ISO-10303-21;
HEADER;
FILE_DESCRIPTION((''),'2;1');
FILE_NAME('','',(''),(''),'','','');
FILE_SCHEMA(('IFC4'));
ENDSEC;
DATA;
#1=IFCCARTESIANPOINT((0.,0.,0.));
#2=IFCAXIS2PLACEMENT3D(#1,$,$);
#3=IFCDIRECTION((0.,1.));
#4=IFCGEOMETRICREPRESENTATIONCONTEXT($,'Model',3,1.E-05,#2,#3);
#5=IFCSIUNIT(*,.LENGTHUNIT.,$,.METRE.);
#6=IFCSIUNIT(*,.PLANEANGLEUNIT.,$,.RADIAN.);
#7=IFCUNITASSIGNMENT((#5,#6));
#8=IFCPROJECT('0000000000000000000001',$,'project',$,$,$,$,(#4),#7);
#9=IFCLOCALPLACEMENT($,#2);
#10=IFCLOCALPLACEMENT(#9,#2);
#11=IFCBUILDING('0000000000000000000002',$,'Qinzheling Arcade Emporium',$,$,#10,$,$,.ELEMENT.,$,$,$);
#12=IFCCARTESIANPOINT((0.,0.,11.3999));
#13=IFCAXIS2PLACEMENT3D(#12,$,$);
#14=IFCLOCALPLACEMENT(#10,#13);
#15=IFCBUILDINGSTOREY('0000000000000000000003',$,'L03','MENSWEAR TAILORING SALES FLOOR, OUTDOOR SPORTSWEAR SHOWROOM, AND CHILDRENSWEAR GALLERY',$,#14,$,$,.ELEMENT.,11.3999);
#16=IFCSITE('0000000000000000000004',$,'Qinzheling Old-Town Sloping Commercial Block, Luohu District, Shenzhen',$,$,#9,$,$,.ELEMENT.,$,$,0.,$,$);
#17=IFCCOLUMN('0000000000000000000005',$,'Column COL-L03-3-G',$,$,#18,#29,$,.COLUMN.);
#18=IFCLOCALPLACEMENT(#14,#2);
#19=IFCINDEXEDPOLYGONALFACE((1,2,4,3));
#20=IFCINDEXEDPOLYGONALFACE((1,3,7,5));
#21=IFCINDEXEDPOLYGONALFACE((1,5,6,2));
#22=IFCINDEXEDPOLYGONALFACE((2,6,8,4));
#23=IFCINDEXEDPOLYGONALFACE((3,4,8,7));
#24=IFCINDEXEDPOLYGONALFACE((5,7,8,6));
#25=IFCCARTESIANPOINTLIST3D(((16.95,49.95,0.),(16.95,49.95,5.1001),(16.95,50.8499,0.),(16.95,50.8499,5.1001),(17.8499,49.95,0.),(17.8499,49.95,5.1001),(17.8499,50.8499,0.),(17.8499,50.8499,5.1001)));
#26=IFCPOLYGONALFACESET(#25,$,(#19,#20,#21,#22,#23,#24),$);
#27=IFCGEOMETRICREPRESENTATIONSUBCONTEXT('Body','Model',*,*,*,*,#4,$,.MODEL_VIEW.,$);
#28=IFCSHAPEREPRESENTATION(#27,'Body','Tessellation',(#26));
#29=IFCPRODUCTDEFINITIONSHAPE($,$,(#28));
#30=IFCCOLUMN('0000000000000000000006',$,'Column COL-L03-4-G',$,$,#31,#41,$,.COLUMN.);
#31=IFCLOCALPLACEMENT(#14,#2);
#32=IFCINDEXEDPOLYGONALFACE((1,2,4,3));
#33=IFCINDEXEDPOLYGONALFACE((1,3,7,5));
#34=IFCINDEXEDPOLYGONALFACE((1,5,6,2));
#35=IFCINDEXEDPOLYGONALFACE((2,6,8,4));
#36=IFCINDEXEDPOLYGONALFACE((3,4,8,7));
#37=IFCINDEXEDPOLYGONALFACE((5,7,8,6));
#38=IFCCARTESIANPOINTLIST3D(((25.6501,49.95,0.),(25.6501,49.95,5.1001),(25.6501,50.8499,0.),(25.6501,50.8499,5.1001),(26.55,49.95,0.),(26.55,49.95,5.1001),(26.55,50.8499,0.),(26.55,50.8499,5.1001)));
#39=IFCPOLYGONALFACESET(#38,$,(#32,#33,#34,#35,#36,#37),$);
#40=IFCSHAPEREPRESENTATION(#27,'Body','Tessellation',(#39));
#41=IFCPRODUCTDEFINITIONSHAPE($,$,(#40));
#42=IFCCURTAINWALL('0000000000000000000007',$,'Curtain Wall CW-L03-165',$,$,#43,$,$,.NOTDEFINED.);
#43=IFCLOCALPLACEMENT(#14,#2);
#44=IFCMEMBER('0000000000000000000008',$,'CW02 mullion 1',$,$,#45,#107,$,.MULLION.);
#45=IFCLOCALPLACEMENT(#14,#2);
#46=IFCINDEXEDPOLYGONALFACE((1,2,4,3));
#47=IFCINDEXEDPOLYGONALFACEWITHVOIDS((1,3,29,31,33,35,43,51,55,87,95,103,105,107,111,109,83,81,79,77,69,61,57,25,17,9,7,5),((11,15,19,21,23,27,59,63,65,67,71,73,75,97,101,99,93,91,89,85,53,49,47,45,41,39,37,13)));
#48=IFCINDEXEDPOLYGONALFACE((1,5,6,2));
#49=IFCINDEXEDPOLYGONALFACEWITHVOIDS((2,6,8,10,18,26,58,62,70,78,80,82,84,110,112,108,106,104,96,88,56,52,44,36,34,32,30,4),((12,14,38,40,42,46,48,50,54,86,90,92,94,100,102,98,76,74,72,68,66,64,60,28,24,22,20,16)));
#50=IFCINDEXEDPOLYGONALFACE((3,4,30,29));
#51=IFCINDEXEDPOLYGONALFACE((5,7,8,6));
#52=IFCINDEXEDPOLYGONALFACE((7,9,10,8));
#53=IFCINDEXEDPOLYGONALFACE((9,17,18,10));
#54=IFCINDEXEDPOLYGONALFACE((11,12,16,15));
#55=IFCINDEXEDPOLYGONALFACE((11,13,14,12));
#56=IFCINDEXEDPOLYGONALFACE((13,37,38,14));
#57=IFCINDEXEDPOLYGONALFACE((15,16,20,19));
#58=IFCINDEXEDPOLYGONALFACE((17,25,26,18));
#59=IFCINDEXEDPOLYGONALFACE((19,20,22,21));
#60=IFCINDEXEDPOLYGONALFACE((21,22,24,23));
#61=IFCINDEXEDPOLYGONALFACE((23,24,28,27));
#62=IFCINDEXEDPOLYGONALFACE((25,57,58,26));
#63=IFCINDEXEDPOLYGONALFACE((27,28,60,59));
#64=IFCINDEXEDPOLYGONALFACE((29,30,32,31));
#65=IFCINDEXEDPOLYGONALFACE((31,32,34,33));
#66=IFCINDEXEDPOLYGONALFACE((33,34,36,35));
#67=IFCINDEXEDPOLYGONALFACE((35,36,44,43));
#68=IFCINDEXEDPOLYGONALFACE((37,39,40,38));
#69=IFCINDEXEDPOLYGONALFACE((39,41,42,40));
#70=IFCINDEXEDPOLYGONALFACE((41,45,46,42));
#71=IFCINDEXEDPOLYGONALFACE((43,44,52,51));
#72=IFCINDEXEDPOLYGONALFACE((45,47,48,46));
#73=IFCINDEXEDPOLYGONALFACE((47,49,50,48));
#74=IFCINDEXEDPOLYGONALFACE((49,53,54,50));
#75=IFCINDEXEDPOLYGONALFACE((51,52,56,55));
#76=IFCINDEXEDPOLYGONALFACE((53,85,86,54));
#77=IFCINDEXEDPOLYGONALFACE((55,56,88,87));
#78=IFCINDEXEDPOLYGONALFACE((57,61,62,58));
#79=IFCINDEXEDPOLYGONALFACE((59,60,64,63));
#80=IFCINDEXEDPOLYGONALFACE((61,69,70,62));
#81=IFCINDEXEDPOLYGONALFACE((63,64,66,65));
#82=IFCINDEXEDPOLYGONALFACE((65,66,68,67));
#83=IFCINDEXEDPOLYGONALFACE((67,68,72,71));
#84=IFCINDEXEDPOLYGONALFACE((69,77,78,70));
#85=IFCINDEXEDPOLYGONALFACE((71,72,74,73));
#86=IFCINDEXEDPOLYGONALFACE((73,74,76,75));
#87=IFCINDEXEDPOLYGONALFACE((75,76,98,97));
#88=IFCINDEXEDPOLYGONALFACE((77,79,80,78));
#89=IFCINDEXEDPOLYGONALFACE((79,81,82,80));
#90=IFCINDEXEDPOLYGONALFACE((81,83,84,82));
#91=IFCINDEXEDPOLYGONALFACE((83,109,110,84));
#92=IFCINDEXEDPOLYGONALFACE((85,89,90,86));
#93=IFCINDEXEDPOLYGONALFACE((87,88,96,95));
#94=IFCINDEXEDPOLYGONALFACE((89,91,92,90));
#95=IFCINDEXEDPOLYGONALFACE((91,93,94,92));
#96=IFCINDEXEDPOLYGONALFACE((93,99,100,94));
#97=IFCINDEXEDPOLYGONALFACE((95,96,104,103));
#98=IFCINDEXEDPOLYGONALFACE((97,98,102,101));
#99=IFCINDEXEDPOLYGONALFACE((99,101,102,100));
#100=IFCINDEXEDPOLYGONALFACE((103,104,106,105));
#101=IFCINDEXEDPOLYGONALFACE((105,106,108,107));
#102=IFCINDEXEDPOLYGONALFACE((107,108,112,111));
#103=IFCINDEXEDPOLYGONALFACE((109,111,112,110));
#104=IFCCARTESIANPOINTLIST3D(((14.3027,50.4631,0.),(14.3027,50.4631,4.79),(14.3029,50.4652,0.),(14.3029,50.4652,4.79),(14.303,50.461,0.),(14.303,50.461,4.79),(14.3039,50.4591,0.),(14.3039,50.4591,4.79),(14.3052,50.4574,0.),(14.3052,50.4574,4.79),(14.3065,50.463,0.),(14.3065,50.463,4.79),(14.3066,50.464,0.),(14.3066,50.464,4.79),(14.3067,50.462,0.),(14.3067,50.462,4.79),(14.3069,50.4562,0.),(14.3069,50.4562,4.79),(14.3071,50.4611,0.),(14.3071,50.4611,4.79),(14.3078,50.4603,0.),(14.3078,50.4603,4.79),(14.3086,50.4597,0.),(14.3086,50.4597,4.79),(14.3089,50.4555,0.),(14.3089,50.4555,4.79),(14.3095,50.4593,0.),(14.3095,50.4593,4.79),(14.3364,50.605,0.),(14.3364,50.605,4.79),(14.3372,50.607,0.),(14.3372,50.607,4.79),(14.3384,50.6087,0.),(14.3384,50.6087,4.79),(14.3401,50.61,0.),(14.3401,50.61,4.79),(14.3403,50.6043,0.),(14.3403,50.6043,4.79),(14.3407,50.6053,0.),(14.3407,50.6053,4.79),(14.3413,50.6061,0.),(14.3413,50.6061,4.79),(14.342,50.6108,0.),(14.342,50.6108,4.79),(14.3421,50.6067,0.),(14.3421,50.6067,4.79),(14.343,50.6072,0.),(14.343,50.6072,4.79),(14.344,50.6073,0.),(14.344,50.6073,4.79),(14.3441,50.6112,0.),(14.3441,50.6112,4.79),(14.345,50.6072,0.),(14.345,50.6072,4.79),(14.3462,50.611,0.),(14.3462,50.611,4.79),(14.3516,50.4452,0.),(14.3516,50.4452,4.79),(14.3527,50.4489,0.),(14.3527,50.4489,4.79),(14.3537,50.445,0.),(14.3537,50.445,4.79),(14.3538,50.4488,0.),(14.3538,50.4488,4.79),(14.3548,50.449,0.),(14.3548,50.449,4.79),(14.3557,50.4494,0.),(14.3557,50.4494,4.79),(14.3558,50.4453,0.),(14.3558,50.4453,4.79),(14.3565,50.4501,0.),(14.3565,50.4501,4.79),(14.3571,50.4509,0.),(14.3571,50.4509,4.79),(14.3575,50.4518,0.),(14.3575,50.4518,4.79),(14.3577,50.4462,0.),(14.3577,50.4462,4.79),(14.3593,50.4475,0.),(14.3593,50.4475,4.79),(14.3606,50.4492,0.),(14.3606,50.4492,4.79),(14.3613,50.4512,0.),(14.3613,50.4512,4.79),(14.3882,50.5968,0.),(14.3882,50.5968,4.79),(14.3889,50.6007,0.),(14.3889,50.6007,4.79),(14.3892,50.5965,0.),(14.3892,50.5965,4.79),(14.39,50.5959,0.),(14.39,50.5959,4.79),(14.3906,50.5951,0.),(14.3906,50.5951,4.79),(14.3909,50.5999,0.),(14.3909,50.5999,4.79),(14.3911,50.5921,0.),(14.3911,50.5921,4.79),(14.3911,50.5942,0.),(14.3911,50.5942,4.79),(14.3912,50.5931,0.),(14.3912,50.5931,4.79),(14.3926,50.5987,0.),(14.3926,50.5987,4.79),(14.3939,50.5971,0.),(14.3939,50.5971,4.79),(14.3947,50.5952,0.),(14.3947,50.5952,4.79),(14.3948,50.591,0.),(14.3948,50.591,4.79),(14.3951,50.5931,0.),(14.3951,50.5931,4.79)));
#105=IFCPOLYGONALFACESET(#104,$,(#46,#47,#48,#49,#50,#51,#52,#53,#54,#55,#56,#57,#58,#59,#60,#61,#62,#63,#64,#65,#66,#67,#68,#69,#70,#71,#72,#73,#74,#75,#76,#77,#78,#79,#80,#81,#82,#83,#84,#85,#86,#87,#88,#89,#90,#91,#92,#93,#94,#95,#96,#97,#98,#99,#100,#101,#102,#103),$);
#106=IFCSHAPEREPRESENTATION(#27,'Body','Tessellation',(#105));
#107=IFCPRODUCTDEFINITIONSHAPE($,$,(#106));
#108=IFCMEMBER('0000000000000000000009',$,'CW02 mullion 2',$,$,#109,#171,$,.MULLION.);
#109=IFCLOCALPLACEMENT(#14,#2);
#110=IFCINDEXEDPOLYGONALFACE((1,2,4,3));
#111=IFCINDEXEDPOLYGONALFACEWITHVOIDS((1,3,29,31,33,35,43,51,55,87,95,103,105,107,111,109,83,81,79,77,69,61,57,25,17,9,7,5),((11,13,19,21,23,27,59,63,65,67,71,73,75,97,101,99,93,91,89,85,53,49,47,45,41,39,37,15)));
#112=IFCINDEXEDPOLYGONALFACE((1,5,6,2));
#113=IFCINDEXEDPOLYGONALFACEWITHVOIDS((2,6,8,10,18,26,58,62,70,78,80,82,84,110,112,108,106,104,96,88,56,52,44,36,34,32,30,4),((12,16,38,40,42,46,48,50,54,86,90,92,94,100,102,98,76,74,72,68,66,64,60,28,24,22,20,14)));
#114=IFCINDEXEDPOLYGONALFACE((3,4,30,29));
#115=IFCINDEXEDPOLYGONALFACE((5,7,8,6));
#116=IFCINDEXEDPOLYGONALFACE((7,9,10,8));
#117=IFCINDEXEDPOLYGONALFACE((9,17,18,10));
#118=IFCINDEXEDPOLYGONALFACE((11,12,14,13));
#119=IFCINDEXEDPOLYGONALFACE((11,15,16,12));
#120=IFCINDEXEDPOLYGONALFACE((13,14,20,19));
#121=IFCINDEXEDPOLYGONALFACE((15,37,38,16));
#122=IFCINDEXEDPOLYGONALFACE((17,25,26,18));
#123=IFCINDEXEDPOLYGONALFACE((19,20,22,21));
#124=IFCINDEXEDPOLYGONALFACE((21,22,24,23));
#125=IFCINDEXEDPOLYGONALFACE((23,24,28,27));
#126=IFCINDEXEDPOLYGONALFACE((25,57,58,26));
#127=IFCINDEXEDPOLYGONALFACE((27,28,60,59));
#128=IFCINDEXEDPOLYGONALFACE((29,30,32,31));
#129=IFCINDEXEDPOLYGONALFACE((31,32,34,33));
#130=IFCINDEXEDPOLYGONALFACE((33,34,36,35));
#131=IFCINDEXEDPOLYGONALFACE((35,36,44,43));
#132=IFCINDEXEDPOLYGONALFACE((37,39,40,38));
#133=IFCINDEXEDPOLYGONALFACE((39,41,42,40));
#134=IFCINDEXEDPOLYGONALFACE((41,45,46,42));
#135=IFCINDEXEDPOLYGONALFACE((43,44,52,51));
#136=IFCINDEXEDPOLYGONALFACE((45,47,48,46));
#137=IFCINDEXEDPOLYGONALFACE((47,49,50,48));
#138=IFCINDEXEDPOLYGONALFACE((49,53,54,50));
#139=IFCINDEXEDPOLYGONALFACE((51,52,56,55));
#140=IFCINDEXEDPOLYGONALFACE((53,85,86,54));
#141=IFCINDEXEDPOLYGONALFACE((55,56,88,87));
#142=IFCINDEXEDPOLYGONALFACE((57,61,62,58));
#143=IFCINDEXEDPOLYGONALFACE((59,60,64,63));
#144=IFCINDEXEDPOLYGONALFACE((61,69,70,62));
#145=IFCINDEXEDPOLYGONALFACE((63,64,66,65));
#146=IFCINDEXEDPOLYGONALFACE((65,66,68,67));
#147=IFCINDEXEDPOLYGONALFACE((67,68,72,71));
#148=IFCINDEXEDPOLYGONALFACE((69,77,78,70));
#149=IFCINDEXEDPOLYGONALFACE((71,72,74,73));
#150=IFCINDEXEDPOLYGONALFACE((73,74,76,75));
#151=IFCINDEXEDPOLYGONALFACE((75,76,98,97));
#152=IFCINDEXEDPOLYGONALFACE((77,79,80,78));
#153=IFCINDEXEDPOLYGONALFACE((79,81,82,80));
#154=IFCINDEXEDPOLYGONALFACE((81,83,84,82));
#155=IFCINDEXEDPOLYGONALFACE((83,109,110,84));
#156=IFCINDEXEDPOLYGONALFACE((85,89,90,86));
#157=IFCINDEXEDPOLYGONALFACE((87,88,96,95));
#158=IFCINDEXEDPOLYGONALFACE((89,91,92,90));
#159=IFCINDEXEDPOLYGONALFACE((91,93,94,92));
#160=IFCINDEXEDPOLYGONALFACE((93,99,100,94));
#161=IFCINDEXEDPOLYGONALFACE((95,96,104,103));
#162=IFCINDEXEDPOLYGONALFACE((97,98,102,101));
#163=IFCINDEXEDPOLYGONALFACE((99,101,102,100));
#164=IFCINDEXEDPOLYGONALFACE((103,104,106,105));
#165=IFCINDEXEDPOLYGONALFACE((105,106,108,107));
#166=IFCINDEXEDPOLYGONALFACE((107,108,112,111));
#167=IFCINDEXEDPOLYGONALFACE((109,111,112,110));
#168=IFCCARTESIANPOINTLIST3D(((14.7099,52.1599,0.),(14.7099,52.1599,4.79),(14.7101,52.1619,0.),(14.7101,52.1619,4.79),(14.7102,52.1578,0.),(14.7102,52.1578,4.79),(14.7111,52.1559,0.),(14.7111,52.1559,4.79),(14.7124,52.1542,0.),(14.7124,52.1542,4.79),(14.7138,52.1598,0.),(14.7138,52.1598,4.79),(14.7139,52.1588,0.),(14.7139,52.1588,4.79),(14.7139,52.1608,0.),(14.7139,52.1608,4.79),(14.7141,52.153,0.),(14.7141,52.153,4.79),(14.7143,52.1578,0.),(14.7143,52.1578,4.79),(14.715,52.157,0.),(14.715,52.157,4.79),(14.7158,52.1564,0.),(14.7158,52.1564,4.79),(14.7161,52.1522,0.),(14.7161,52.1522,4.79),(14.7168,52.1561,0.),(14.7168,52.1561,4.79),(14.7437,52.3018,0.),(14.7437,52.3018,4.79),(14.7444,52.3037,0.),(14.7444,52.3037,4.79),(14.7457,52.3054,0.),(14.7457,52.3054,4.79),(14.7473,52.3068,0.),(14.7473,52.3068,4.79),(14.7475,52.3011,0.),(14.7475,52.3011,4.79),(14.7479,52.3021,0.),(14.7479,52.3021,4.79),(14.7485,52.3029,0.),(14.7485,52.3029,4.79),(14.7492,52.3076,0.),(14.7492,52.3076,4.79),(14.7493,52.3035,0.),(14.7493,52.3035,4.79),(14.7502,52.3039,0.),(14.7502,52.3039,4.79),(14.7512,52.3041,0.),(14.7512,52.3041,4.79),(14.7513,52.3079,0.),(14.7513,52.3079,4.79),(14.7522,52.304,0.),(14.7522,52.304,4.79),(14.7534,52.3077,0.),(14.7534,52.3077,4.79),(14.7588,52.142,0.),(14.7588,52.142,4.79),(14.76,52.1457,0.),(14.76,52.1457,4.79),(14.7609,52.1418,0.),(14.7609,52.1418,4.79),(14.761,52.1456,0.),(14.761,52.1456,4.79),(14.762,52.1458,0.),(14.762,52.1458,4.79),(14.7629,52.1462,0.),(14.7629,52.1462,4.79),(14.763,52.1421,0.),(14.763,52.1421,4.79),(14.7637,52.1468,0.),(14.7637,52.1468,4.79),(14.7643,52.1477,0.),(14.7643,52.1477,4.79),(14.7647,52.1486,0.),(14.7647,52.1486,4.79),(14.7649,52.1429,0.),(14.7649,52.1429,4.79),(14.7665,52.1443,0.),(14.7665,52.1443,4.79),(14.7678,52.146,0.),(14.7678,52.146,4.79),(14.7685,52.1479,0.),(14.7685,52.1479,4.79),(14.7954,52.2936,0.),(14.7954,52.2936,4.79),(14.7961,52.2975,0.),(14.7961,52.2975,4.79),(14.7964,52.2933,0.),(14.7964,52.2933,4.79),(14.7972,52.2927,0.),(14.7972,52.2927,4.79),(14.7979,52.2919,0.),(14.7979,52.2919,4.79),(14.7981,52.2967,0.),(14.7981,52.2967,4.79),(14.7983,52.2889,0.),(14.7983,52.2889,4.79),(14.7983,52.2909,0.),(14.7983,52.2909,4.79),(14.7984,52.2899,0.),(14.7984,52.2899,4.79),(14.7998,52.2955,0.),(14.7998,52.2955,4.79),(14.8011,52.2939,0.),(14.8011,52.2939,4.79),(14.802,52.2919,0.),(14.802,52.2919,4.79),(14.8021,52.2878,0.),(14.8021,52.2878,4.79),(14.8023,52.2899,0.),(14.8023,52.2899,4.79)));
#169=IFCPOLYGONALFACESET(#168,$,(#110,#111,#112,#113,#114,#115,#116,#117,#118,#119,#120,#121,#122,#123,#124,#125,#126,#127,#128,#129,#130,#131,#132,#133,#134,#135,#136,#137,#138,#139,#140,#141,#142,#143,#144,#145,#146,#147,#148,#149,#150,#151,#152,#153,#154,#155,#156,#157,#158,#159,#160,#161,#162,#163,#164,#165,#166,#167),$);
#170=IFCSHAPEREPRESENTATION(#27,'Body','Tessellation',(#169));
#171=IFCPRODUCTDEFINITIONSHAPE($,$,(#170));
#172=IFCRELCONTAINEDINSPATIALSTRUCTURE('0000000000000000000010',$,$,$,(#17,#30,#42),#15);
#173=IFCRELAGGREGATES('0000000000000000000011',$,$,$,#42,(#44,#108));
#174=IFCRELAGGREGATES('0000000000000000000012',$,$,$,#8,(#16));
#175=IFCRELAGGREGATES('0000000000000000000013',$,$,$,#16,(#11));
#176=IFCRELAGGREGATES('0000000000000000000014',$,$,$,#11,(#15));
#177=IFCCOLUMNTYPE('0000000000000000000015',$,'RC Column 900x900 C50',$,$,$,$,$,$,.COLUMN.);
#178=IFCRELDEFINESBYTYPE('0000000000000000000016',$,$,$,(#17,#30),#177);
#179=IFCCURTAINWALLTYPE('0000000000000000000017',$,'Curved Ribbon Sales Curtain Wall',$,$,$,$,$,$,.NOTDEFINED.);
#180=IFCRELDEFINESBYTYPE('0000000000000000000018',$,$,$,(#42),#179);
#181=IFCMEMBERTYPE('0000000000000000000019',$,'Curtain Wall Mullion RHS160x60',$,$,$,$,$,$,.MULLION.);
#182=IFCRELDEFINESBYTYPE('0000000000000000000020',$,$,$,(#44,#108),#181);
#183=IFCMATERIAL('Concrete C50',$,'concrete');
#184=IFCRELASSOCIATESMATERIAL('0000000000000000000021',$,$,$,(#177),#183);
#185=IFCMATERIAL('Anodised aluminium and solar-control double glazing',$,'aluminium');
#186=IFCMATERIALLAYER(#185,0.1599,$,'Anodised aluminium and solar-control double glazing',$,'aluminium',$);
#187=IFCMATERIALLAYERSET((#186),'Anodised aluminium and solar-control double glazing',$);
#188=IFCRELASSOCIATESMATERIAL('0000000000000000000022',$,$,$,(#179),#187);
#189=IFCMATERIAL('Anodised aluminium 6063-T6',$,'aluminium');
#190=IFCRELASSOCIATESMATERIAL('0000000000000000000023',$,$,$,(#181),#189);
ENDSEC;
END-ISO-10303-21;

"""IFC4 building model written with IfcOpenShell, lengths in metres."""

from ifc_helpers import new_model, si_unit, direction, frame, origin, origin_2d, place, context, subcontext, project, spatial, rectangle, hollow_rectangle, extrude, material, layer, layer_set, material_profile, profile_set, type_object, element, aggregate, save


model = new_model("IFC4")

# Units and contexts
model_context = context("Model", 3, precision=1e-05, world=origin(), true_north=direction((0.0, 1.0)))
body_context = subcontext(model_context, "Body", "Model", "MODEL_VIEW")
ifc_project = project(units=[si_unit("LENGTHUNIT", "METRE"), si_unit("PLANEANGLEUNIT", "RADIAN")], contexts=[model_context])

# Site, building, storey
site_placement = place(None, origin())
site = spatial("IfcSite", under=ifc_project, at=site_placement, Name="Qinzheling Old-Town Sloping Commercial Block, Luohu District, Shenzhen", CompositionType="ELEMENT", RefElevation=0.0)
building_placement = place(site_placement, origin())
building = spatial("IfcBuilding", under=site, at=building_placement, Name="Qinzheling Arcade Emporium", CompositionType="ELEMENT")
storey_placement = place(building_placement, frame((0.0, 0.0, 11.3999)))
storey = spatial("IfcBuildingStorey", under=building, at=storey_placement, Name="L03", Description="MENSWEAR TAILORING SALES FLOOR, OUTDOOR SPORTSWEAR SHOWROOM, AND CHILDRENSWEAR GALLERY", CompositionType="ELEMENT", Elevation=11.3999)

# Columns
ifc_material_1 = material(Name="Concrete C50", Category="concrete")
ifc_material_profile_1 = material_profile(ifc_material_1, rectangle(XDim=0.8999, YDim=0.8999, at=origin_2d()), Name="RC 900x900", Category="concrete")
ifc_profile_set_1 = profile_set([ifc_material_profile_1], Name="Concrete C50")
column_type = type_object("IfcColumnType", Name="RC Column 900x900 C50", PredefinedType="COLUMN", material=ifc_profile_set_1)
for number, where, z_axis, x_axis, name in (
    (1, (17.3999, 50.3999, 0.0), (0.0, 0.0, 1.0), (1.0, 0.0, 0.0), "Column COL-L03-3-G"),
    (2, (26.1001, 50.3999, 0.0), (0.0, 0.0, 1.0), (1.0, 0.0, 0.0), "Column COL-L03-4-G"),
):
    element("IfcColumn", number, at=place(storey_placement, frame(where, z_axis=z_axis, x_axis=x_axis)), inside=storey, type_object=column_type, Name=name, PredefinedType="COLUMN", context=body_context, shape_type="SweptSolid", body=[
        extrude(rectangle(XDim=0.8999, YDim=0.8999, at=origin_2d()), origin(), (0.0, 0.0, 1.0), 5.1001),
    ])

# Curtain wall, members
ifc_material_2 = material(Name="Anodised aluminium and solar-control double glazing", Category="aluminium")
ifc_layer_1 = layer(ifc_material_2, 0.1599, Name="Anodised aluminium and solar-control double glazing", Category="aluminium")
ifc_layer_set_1 = layer_set([ifc_layer_1], Name="Anodised aluminium and solar-control double glazing")
curtain_wall_type = type_object("IfcCurtainWallType", Name="Curved Ribbon Sales Curtain Wall", PredefinedType="NOTDEFINED", material=ifc_layer_set_1)
curtain_wall_1_placement = place(storey_placement, origin())
curtain_wall_1 = element("IfcCurtainWall", 3, at=curtain_wall_1_placement, inside=storey, type_object=curtain_wall_type, Name="Curtain Wall CW-L03-165", PredefinedType="NOTDEFINED")
ifc_material_3 = material(Name="Anodised aluminium 6063-T6", Category="aluminium")
ifc_material_profile_2 = material_profile(ifc_material_3, hollow_rectangle(XDim=0.0601, YDim=0.1599, WallThickness=0.0039, InnerFilletRadius=0.0039, OuterFilletRadius=0.0081, at=origin_2d()), Name="RHS 160x60x4", Category="aluminium")
ifc_profile_set_2 = profile_set([ifc_material_profile_2], Name="Anodised aluminium 6063-T6")
member_type_1 = type_object("IfcMemberType", Name="Curtain Wall Mullion RHS160x60", PredefinedType="MULLION", material=ifc_profile_set_2)
member_1_placement = place(storey_placement, frame((14.3489, 50.5281, 0.0), z_axis=(0.0, 0.0, 1.0), x_axis=(-0.972412, 0.233268, 0.0)))
member_1 = element("IfcMember", 4, at=member_1_placement, type_object=member_type_1, Name="CW02 mullion 1", PredefinedType="MULLION", context=body_context, shape_type="SweptSolid", body=[
    extrude(hollow_rectangle(XDim=0.0601, YDim=0.1599, WallThickness=0.0039, InnerFilletRadius=0.0039, OuterFilletRadius=0.0081, at=origin_2d()), origin(), (0.0, 0.0, 1.0), 4.79),
])
member_2_placement = place(storey_placement, frame((14.7561, 52.2249, 0.0), z_axis=(0.0, 0.0, 1.0), x_axis=(-0.972412, 0.233268, 0.0)))
member_2 = element("IfcMember", 5, at=member_2_placement, type_object=member_type_1, Name="CW02 mullion 2", PredefinedType="MULLION", context=body_context, shape_type="SweptSolid", body=[
    extrude(hollow_rectangle(XDim=0.0601, YDim=0.1599, WallThickness=0.0039, InnerFilletRadius=0.0039, OuterFilletRadius=0.0081, at=origin_2d()), origin(), (0.0, 0.0, 1.0), 4.79),
])

aggregate(curtain_wall_1, [member_1, member_2])

save(model, "model.ifc")
